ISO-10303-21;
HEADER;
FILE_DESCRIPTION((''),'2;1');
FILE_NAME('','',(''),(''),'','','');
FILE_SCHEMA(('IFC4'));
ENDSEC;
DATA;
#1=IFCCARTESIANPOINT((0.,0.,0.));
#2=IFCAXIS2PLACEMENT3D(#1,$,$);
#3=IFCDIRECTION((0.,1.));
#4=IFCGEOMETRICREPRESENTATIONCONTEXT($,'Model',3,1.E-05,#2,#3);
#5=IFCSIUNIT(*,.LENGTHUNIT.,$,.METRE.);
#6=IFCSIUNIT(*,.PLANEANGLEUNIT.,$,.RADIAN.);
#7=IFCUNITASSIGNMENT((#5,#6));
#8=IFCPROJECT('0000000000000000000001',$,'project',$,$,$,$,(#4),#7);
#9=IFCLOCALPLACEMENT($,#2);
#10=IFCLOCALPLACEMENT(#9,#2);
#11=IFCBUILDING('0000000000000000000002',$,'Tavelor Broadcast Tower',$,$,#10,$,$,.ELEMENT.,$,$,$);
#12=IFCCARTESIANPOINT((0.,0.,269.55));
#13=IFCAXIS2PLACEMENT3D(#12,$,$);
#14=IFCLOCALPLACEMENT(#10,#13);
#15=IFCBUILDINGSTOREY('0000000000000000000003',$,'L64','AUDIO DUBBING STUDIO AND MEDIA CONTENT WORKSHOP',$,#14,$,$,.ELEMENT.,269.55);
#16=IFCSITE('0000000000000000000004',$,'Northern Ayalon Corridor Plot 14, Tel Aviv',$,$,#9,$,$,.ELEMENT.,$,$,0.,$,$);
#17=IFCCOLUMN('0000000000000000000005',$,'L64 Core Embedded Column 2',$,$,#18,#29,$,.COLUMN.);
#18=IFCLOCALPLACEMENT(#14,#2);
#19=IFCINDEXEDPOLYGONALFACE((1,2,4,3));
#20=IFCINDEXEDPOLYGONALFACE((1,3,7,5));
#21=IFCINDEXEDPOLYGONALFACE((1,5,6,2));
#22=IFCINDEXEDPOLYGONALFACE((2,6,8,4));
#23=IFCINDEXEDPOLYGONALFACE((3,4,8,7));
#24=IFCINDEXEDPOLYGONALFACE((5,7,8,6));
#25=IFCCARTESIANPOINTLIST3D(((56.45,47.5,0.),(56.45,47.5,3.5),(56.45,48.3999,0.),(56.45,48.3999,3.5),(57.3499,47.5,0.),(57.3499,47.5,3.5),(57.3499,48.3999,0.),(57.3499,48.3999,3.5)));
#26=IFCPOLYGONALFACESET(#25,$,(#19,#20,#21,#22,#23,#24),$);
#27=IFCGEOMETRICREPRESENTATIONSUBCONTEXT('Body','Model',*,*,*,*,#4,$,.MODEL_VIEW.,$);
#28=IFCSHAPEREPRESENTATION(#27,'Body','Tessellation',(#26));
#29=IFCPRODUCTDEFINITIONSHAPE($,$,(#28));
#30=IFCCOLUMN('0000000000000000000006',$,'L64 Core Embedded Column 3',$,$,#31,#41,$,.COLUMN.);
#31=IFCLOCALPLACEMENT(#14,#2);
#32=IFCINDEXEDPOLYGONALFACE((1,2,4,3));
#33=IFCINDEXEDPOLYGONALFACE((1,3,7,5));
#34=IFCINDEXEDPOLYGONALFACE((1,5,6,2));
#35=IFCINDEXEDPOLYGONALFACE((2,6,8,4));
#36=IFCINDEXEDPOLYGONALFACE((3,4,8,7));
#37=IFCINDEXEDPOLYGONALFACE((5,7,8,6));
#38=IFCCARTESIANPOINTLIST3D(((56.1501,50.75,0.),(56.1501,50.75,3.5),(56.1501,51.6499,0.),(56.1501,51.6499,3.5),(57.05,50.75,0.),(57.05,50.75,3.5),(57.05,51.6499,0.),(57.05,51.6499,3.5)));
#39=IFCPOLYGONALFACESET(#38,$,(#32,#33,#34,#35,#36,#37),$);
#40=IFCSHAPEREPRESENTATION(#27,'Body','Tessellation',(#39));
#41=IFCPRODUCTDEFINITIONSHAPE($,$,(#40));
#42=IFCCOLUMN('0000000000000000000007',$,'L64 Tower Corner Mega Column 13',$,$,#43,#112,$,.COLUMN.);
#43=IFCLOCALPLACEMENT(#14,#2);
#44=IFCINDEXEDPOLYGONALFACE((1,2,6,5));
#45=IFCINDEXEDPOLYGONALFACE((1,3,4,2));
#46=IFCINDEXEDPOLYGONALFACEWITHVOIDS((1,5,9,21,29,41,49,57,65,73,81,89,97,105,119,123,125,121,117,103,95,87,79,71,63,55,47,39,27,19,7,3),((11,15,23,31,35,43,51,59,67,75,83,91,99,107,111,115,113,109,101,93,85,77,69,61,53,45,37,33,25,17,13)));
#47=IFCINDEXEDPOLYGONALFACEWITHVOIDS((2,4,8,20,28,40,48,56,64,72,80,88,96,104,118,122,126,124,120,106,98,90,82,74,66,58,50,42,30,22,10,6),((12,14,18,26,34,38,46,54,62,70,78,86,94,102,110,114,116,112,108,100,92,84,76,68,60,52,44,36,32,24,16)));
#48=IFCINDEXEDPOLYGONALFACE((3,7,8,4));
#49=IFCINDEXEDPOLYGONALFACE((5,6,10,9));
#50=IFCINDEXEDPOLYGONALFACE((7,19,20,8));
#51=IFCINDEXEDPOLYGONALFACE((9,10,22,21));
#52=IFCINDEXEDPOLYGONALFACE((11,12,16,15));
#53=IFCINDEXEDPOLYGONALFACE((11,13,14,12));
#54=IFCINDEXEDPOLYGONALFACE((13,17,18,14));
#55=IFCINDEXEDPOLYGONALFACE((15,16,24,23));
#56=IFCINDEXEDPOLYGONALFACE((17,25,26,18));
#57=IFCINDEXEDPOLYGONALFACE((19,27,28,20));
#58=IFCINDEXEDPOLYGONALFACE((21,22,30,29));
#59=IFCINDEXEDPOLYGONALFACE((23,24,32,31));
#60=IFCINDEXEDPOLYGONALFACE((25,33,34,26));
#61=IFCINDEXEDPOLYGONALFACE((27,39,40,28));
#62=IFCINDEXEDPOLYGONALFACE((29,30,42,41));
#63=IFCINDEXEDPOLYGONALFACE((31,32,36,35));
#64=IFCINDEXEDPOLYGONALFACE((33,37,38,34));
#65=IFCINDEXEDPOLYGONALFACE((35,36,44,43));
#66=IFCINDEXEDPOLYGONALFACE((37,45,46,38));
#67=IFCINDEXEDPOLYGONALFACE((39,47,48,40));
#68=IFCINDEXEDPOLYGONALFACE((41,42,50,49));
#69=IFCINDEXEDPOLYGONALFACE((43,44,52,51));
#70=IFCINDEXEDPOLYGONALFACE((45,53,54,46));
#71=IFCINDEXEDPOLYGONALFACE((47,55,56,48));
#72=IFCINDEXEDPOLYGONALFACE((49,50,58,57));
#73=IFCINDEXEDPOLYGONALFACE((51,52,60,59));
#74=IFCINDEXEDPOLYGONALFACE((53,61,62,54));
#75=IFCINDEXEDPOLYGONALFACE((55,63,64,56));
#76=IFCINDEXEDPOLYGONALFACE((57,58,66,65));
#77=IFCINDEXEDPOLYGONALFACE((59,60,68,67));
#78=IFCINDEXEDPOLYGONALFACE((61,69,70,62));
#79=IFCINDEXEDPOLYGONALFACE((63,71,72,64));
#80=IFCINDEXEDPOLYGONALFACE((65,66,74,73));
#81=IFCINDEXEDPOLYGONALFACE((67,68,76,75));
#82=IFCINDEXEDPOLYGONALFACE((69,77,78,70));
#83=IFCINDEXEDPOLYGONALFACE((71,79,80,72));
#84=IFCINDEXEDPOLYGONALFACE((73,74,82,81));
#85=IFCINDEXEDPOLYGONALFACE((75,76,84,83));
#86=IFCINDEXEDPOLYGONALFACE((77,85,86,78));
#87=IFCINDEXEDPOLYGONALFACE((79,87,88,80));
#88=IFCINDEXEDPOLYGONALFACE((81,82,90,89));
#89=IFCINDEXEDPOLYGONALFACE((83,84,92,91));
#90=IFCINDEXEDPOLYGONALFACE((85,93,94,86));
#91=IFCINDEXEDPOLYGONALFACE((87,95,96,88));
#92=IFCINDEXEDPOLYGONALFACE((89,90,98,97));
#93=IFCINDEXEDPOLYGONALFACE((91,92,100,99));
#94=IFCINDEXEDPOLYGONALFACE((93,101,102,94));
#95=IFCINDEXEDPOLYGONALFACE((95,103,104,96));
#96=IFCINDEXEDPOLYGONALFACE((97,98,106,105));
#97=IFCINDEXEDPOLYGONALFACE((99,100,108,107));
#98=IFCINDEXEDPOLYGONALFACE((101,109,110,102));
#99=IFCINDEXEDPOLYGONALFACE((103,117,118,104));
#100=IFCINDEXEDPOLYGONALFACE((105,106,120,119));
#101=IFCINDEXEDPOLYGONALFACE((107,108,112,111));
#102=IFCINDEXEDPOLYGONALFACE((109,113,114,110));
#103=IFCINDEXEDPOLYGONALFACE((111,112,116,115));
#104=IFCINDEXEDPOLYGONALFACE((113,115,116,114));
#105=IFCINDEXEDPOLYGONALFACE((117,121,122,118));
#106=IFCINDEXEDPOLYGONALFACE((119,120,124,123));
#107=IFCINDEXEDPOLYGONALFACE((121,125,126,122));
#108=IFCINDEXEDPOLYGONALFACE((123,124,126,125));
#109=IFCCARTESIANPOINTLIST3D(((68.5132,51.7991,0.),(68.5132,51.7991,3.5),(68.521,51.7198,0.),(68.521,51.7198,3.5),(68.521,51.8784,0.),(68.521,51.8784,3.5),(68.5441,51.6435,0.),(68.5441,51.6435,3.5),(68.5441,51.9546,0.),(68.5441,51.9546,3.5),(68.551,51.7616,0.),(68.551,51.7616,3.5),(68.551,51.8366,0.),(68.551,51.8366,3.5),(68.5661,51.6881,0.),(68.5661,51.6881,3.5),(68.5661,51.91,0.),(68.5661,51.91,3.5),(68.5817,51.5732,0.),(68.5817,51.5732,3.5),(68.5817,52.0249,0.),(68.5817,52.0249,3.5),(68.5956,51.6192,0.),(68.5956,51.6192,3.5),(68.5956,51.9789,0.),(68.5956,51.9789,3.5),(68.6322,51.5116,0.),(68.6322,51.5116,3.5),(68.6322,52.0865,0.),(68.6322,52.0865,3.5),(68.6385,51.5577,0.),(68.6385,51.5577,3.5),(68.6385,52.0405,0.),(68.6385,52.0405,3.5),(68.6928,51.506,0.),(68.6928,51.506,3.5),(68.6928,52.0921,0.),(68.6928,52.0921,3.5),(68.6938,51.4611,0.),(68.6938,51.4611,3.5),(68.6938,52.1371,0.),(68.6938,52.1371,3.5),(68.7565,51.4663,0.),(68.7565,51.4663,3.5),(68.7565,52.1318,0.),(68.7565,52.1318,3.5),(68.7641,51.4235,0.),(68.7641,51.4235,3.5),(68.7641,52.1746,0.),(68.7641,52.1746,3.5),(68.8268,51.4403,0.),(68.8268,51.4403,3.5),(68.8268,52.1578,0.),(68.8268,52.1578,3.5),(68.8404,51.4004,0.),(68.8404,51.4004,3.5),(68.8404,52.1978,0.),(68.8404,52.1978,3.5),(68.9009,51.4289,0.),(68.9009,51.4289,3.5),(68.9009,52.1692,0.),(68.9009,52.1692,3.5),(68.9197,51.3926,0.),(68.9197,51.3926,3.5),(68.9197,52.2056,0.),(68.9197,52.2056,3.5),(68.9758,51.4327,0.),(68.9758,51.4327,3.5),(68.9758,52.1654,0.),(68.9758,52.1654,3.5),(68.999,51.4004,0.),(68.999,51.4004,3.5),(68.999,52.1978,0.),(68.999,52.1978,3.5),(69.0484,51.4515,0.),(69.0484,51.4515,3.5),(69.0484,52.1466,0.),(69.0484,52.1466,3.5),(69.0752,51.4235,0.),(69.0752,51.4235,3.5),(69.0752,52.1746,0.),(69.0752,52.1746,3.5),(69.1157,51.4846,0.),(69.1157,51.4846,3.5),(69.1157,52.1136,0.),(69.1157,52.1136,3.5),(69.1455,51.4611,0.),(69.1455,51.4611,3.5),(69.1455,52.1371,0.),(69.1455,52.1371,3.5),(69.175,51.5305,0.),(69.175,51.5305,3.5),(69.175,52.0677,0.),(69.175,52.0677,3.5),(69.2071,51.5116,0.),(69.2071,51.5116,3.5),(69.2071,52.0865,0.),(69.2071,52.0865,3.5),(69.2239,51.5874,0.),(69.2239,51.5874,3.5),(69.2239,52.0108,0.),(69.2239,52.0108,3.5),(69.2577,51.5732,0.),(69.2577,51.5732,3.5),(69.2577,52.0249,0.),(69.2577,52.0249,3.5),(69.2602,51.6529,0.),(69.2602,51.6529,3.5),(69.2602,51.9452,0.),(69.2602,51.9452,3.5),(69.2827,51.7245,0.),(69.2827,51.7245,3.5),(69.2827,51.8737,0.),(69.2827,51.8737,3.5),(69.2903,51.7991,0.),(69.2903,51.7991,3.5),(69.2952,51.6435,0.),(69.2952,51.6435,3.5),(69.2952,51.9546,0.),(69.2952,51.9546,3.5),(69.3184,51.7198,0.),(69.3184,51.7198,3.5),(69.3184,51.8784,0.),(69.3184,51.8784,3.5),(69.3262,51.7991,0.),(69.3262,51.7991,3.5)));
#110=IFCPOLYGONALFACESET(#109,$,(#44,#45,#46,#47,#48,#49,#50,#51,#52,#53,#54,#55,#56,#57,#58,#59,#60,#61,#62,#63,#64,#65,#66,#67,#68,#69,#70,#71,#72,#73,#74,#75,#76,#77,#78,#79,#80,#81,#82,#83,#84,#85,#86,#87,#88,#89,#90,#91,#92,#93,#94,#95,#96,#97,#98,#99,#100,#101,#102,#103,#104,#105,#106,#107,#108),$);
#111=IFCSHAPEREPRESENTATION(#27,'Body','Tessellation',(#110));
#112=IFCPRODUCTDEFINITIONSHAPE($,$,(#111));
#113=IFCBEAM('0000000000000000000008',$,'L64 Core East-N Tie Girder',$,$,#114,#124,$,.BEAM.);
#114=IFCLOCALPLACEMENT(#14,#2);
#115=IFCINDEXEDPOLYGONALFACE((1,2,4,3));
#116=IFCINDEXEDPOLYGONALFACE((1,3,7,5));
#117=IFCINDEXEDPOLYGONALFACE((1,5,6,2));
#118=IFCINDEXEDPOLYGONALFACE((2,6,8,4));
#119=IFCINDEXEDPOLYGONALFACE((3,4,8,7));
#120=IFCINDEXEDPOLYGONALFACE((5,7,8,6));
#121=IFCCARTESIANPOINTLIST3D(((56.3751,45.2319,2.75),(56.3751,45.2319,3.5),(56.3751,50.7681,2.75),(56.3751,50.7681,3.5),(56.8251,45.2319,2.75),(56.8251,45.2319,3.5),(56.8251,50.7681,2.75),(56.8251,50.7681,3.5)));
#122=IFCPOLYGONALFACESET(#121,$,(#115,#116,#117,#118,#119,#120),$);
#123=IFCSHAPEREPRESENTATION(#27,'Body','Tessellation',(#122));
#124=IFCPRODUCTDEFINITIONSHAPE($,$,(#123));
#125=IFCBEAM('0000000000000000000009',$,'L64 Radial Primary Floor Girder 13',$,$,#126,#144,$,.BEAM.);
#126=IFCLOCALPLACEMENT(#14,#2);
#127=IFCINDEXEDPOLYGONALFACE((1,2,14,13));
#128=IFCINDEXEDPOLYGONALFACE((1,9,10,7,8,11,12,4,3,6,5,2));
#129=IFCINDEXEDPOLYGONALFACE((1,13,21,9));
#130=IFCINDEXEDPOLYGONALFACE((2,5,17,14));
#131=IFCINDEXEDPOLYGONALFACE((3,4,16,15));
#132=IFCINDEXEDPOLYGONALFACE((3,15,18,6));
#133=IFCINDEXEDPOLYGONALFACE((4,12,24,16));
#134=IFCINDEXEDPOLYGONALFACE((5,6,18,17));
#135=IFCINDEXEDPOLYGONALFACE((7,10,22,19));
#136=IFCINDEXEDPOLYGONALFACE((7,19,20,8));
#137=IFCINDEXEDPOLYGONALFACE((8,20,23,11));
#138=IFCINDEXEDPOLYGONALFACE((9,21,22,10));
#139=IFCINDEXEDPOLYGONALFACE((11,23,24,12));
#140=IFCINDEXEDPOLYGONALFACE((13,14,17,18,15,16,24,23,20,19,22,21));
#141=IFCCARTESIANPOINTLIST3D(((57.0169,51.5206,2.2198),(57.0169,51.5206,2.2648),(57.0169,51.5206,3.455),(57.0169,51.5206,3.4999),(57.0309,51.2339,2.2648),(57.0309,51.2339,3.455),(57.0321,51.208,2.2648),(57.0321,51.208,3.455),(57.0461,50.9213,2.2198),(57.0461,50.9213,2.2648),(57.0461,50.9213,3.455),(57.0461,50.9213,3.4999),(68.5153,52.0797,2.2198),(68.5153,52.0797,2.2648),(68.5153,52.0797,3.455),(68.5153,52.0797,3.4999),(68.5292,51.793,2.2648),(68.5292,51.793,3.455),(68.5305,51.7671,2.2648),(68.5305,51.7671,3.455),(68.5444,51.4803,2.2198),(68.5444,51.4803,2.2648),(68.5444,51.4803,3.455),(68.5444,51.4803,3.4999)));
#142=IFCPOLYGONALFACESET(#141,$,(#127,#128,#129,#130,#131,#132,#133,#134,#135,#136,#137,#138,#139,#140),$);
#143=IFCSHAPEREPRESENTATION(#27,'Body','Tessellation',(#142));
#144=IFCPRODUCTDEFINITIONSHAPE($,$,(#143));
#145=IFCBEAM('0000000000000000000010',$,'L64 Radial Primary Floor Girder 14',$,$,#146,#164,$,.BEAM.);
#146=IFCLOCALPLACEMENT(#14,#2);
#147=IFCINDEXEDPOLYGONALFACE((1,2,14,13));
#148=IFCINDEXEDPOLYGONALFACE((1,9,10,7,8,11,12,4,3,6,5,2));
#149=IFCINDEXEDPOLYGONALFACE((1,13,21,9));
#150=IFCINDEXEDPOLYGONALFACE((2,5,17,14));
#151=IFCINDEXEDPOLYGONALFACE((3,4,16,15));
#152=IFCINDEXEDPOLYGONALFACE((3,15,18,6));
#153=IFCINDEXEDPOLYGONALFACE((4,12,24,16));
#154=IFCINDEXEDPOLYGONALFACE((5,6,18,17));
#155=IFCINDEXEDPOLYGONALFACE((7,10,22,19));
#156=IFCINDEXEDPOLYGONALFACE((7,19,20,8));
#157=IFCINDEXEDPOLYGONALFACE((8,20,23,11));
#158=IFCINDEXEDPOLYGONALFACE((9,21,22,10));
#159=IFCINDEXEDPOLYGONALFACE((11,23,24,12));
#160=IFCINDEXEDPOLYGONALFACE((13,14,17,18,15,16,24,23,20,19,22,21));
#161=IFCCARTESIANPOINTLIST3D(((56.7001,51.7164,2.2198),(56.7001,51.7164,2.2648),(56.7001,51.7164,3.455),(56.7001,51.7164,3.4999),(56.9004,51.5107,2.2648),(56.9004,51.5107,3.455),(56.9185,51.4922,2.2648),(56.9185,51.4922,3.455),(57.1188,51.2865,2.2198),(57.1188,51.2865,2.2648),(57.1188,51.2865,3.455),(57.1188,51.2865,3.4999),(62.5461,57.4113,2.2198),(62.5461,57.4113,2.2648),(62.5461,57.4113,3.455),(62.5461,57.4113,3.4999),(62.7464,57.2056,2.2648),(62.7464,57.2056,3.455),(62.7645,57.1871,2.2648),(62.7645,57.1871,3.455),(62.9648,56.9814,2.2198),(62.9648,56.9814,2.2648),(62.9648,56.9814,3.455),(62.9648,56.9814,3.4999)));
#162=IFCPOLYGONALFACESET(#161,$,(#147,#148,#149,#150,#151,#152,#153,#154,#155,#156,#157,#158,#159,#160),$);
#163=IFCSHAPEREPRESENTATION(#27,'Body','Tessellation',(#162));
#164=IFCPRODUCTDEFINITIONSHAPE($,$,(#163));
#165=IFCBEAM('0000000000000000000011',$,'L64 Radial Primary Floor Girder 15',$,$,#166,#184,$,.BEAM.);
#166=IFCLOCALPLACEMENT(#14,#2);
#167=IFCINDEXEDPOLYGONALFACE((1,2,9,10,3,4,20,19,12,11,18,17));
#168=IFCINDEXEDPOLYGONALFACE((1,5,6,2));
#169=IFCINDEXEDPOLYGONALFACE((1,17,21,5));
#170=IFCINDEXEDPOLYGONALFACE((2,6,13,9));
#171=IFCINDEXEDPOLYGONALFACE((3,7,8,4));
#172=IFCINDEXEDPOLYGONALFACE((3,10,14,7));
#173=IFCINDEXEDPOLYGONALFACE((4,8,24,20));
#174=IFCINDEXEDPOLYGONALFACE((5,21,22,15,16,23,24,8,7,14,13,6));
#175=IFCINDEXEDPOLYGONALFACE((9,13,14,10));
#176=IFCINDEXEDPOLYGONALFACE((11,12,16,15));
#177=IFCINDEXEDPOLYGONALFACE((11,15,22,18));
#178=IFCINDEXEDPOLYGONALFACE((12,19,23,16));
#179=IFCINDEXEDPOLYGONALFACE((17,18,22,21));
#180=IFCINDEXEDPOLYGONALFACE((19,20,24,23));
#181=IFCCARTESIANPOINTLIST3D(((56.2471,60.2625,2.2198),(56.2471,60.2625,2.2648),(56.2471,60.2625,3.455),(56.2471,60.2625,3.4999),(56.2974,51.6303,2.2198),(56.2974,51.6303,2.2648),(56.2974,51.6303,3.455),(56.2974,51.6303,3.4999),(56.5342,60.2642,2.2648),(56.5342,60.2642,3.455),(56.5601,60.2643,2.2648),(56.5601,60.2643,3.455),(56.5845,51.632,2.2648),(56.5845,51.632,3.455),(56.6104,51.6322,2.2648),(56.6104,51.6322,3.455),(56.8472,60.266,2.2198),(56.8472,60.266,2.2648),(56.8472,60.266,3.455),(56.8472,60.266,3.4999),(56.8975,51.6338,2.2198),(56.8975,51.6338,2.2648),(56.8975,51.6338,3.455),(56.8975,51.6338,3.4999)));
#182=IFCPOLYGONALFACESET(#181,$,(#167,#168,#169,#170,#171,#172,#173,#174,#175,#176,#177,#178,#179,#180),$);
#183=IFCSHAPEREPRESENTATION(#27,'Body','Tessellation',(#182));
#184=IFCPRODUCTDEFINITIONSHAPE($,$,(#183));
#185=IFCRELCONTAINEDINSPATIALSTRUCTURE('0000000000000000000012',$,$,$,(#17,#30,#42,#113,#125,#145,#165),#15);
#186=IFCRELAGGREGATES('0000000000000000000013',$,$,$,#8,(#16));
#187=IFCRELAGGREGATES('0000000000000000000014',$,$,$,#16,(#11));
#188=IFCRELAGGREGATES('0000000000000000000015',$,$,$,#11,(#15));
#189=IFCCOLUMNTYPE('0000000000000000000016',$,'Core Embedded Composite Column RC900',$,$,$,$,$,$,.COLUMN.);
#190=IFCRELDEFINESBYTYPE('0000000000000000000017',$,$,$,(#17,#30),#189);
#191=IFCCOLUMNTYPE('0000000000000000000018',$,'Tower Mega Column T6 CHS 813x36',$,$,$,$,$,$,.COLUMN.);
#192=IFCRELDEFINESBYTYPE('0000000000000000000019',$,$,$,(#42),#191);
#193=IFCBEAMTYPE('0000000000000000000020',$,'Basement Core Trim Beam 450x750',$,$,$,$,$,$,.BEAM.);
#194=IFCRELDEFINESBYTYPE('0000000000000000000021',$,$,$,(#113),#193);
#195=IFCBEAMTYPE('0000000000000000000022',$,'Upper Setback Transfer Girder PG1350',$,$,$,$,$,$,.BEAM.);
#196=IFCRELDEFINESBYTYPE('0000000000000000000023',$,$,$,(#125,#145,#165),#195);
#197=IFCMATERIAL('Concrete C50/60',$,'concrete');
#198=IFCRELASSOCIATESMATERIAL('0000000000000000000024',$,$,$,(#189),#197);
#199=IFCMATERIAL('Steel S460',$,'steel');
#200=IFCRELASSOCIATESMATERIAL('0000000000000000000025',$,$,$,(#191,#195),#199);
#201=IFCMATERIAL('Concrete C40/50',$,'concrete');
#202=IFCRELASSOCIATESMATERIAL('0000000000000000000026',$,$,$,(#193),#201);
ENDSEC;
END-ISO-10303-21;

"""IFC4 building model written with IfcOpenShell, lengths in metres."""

from ifc_helpers import new_model, si_unit, direction, frame, origin, origin_2d, place, context, subcontext, project, spatial, rectangle, hollow_circle, i_section, extrude, material, material_profile, profile_set, type_object, element, save


model = new_model("IFC4")

# Units and contexts
model_context = context("Model", 3, precision=1e-05, world=origin(), true_north=direction((0.0, 1.0)))
body_context = subcontext(model_context, "Body", "Model", "MODEL_VIEW")
ifc_project = project(units=[si_unit("LENGTHUNIT", "METRE"), si_unit("PLANEANGLEUNIT", "RADIAN")], contexts=[model_context])

# Site, building, storey
site_placement = place(None, origin())
site = spatial("IfcSite", under=ifc_project, at=site_placement, Name="Northern Ayalon Corridor Plot 14, Tel Aviv", CompositionType="ELEMENT", RefElevation=0.0)
building_placement = place(site_placement, origin())
building = spatial("IfcBuilding", under=site, at=building_placement, Name="Tavelor Broadcast Tower", CompositionType="ELEMENT")
storey_placement = place(building_placement, frame((0.0, 0.0, 269.55)))
storey = spatial("IfcBuildingStorey", under=building, at=storey_placement, Name="L64", Description="AUDIO DUBBING STUDIO AND MEDIA CONTENT WORKSHOP", CompositionType="ELEMENT", Elevation=269.55)

# Columns
ifc_material_1 = material(Name="Concrete C50/60", Category="concrete")
ifc_material_profile_1 = material_profile(ifc_material_1, rectangle(XDim=0.8999, YDim=0.8999, at=origin_2d()), Name="RC 900x900")
ifc_profile_set_1 = profile_set([ifc_material_profile_1], Name="Concrete C50/60")
column_type_1 = type_object("IfcColumnType", Name="Core Embedded Composite Column RC900", PredefinedType="COLUMN", material=ifc_profile_set_1)
for number, where, z_axis, x_axis, name in (
    (1, (56.8999, 47.95, 0.0), (0.0, 0.0, 1.0), (1.0, 0.0, 0.0), "L64 Core Embedded Column 2"),
    (2, (56.6001, 51.2, 0.0), (0.0, 0.0, 1.0), (1.0, 0.0, 0.0), "L64 Core Embedded Column 3"),
):
    element("IfcColumn", number, at=place(storey_placement, frame(where, z_axis=z_axis, x_axis=x_axis)), inside=storey, type_object=column_type_1, Name=name, PredefinedType="COLUMN", context=body_context, shape_type="SweptSolid", body=[
        extrude(rectangle(XDim=0.8999, YDim=0.8999, at=origin_2d()), origin(), (0.0, 0.0, 1.0), 3.5),
    ])
ifc_material_2 = material(Name="Steel S460", Category="steel")
ifc_material_profile_2 = material_profile(ifc_material_2, hollow_circle(Radius=0.4065, WallThickness=0.0359, at=origin_2d()), Name="CHS 813x36")
ifc_profile_set_2 = profile_set([ifc_material_profile_2], Name="Steel S460")
column_type_2 = type_object("IfcColumnType", Name="Tower Mega Column T6 CHS 813x36", PredefinedType="COLUMN", material=ifc_profile_set_2)
column_placement = place(storey_placement, frame((68.9197, 51.7991, 0.0), z_axis=(0.0, 0.0, 1.0), x_axis=(1.0, 0.0, 0.0)))
element("IfcColumn", 3, at=column_placement, inside=storey, type_object=column_type_2, Name="L64 Tower Corner Mega Column 13", PredefinedType="COLUMN", context=body_context, shape_type="SweptSolid", body=[
    extrude(hollow_circle(Radius=0.4065, WallThickness=0.0359, at=origin_2d()), origin(), (0.0, 0.0, 1.0), 3.5),
])

# Beams
ifc_material_3 = material(Name="Concrete C40/50", Category="concrete")
ifc_material_profile_3 = material_profile(ifc_material_3, rectangle(XDim=0.45, YDim=0.75, at=origin_2d()), Name="RC 450x750")
ifc_profile_set_3 = profile_set([ifc_material_profile_3], Name="Concrete C40/50")
beam_type_1 = type_object("IfcBeamType", Name="Basement Core Trim Beam 450x750", PredefinedType="BEAM", material=ifc_profile_set_3)
beam_1_placement = place(storey_placement, frame((56.6001, 45.2319, 3.125), z_axis=(0.0, 1.0, 0.0), x_axis=(-1.0, 0.0, 0.0)))
element("IfcBeam", 4, at=beam_1_placement, inside=storey, type_object=beam_type_1, Name="L64 Core East-N Tie Girder", PredefinedType="BEAM", context=body_context, shape_type="SweptSolid", body=[
    extrude(rectangle(XDim=0.45, YDim=0.75, at=origin_2d()), origin(), (0.0, 0.0, 1.0), 5.5361),
])
ifc_material_profile_4 = material_profile(ifc_material_2, i_section(OverallWidth=0.6001, OverallDepth=1.28, WebThickness=0.0259, FlangeThickness=0.0449, at=origin_2d()), Name="PG 1280x600")
ifc_profile_set_4 = profile_set([ifc_material_profile_4], Name="Steel S460")
beam_type_2 = type_object("IfcBeamType", Name="Upper Setback Transfer Girder PG1350", PredefinedType="BEAM", material=ifc_profile_set_4)
beam_2_placement = place(storey_placement, frame((57.0315, 51.2209, 2.8599), z_axis=(0.99882, 0.048566, 0.0), x_axis=(-0.048566, 0.99882, 0.0)))
element("IfcBeam", 5, at=beam_2_placement, inside=storey, type_object=beam_type_2, Name="L64 Radial Primary Floor Girder 13", PredefinedType="BEAM", context=body_context, shape_type="SweptSolid", body=[
    extrude(i_section(OverallWidth=0.6001, OverallDepth=1.28, WebThickness=0.0259, FlangeThickness=0.0449, at=origin_2d()), origin(), (0.0, 0.0, 1.0), 11.512),
])
beam_3_placement = place(storey_placement, frame((56.9094, 51.5015, 2.8599), z_axis=(0.716305, 0.697788, 0.0), x_axis=(-0.697788, 0.716305, 0.0)))
element("IfcBeam", 6, at=beam_3_placement, inside=storey, type_object=beam_type_2, Name="L64 Radial Primary Floor Girder 14", PredefinedType="BEAM", context=body_context, shape_type="SweptSolid", body=[
    extrude(i_section(OverallWidth=0.6001, OverallDepth=1.28, WebThickness=0.0259, FlangeThickness=0.0449, at=origin_2d()), origin(), (0.0, 0.0, 1.0), 8.1614),
])
beam_4_placement = place(storey_placement, frame((56.5974, 51.6321, 2.8599), z_axis=(-0.005826, 0.999983, 0.0), x_axis=(-0.999983, -0.005826, 0.0)))
element("IfcBeam", 7, at=beam_4_placement, inside=storey, type_object=beam_type_2, Name="L64 Radial Primary Floor Girder 15", PredefinedType="BEAM", context=body_context, shape_type="SweptSolid", body=[
    extrude(i_section(OverallWidth=0.6001, OverallDepth=1.28, WebThickness=0.0259, FlangeThickness=0.0449, at=origin_2d()), origin(), (0.0, 0.0, 1.0), 8.6323),
])

save(model, "model.ifc")
